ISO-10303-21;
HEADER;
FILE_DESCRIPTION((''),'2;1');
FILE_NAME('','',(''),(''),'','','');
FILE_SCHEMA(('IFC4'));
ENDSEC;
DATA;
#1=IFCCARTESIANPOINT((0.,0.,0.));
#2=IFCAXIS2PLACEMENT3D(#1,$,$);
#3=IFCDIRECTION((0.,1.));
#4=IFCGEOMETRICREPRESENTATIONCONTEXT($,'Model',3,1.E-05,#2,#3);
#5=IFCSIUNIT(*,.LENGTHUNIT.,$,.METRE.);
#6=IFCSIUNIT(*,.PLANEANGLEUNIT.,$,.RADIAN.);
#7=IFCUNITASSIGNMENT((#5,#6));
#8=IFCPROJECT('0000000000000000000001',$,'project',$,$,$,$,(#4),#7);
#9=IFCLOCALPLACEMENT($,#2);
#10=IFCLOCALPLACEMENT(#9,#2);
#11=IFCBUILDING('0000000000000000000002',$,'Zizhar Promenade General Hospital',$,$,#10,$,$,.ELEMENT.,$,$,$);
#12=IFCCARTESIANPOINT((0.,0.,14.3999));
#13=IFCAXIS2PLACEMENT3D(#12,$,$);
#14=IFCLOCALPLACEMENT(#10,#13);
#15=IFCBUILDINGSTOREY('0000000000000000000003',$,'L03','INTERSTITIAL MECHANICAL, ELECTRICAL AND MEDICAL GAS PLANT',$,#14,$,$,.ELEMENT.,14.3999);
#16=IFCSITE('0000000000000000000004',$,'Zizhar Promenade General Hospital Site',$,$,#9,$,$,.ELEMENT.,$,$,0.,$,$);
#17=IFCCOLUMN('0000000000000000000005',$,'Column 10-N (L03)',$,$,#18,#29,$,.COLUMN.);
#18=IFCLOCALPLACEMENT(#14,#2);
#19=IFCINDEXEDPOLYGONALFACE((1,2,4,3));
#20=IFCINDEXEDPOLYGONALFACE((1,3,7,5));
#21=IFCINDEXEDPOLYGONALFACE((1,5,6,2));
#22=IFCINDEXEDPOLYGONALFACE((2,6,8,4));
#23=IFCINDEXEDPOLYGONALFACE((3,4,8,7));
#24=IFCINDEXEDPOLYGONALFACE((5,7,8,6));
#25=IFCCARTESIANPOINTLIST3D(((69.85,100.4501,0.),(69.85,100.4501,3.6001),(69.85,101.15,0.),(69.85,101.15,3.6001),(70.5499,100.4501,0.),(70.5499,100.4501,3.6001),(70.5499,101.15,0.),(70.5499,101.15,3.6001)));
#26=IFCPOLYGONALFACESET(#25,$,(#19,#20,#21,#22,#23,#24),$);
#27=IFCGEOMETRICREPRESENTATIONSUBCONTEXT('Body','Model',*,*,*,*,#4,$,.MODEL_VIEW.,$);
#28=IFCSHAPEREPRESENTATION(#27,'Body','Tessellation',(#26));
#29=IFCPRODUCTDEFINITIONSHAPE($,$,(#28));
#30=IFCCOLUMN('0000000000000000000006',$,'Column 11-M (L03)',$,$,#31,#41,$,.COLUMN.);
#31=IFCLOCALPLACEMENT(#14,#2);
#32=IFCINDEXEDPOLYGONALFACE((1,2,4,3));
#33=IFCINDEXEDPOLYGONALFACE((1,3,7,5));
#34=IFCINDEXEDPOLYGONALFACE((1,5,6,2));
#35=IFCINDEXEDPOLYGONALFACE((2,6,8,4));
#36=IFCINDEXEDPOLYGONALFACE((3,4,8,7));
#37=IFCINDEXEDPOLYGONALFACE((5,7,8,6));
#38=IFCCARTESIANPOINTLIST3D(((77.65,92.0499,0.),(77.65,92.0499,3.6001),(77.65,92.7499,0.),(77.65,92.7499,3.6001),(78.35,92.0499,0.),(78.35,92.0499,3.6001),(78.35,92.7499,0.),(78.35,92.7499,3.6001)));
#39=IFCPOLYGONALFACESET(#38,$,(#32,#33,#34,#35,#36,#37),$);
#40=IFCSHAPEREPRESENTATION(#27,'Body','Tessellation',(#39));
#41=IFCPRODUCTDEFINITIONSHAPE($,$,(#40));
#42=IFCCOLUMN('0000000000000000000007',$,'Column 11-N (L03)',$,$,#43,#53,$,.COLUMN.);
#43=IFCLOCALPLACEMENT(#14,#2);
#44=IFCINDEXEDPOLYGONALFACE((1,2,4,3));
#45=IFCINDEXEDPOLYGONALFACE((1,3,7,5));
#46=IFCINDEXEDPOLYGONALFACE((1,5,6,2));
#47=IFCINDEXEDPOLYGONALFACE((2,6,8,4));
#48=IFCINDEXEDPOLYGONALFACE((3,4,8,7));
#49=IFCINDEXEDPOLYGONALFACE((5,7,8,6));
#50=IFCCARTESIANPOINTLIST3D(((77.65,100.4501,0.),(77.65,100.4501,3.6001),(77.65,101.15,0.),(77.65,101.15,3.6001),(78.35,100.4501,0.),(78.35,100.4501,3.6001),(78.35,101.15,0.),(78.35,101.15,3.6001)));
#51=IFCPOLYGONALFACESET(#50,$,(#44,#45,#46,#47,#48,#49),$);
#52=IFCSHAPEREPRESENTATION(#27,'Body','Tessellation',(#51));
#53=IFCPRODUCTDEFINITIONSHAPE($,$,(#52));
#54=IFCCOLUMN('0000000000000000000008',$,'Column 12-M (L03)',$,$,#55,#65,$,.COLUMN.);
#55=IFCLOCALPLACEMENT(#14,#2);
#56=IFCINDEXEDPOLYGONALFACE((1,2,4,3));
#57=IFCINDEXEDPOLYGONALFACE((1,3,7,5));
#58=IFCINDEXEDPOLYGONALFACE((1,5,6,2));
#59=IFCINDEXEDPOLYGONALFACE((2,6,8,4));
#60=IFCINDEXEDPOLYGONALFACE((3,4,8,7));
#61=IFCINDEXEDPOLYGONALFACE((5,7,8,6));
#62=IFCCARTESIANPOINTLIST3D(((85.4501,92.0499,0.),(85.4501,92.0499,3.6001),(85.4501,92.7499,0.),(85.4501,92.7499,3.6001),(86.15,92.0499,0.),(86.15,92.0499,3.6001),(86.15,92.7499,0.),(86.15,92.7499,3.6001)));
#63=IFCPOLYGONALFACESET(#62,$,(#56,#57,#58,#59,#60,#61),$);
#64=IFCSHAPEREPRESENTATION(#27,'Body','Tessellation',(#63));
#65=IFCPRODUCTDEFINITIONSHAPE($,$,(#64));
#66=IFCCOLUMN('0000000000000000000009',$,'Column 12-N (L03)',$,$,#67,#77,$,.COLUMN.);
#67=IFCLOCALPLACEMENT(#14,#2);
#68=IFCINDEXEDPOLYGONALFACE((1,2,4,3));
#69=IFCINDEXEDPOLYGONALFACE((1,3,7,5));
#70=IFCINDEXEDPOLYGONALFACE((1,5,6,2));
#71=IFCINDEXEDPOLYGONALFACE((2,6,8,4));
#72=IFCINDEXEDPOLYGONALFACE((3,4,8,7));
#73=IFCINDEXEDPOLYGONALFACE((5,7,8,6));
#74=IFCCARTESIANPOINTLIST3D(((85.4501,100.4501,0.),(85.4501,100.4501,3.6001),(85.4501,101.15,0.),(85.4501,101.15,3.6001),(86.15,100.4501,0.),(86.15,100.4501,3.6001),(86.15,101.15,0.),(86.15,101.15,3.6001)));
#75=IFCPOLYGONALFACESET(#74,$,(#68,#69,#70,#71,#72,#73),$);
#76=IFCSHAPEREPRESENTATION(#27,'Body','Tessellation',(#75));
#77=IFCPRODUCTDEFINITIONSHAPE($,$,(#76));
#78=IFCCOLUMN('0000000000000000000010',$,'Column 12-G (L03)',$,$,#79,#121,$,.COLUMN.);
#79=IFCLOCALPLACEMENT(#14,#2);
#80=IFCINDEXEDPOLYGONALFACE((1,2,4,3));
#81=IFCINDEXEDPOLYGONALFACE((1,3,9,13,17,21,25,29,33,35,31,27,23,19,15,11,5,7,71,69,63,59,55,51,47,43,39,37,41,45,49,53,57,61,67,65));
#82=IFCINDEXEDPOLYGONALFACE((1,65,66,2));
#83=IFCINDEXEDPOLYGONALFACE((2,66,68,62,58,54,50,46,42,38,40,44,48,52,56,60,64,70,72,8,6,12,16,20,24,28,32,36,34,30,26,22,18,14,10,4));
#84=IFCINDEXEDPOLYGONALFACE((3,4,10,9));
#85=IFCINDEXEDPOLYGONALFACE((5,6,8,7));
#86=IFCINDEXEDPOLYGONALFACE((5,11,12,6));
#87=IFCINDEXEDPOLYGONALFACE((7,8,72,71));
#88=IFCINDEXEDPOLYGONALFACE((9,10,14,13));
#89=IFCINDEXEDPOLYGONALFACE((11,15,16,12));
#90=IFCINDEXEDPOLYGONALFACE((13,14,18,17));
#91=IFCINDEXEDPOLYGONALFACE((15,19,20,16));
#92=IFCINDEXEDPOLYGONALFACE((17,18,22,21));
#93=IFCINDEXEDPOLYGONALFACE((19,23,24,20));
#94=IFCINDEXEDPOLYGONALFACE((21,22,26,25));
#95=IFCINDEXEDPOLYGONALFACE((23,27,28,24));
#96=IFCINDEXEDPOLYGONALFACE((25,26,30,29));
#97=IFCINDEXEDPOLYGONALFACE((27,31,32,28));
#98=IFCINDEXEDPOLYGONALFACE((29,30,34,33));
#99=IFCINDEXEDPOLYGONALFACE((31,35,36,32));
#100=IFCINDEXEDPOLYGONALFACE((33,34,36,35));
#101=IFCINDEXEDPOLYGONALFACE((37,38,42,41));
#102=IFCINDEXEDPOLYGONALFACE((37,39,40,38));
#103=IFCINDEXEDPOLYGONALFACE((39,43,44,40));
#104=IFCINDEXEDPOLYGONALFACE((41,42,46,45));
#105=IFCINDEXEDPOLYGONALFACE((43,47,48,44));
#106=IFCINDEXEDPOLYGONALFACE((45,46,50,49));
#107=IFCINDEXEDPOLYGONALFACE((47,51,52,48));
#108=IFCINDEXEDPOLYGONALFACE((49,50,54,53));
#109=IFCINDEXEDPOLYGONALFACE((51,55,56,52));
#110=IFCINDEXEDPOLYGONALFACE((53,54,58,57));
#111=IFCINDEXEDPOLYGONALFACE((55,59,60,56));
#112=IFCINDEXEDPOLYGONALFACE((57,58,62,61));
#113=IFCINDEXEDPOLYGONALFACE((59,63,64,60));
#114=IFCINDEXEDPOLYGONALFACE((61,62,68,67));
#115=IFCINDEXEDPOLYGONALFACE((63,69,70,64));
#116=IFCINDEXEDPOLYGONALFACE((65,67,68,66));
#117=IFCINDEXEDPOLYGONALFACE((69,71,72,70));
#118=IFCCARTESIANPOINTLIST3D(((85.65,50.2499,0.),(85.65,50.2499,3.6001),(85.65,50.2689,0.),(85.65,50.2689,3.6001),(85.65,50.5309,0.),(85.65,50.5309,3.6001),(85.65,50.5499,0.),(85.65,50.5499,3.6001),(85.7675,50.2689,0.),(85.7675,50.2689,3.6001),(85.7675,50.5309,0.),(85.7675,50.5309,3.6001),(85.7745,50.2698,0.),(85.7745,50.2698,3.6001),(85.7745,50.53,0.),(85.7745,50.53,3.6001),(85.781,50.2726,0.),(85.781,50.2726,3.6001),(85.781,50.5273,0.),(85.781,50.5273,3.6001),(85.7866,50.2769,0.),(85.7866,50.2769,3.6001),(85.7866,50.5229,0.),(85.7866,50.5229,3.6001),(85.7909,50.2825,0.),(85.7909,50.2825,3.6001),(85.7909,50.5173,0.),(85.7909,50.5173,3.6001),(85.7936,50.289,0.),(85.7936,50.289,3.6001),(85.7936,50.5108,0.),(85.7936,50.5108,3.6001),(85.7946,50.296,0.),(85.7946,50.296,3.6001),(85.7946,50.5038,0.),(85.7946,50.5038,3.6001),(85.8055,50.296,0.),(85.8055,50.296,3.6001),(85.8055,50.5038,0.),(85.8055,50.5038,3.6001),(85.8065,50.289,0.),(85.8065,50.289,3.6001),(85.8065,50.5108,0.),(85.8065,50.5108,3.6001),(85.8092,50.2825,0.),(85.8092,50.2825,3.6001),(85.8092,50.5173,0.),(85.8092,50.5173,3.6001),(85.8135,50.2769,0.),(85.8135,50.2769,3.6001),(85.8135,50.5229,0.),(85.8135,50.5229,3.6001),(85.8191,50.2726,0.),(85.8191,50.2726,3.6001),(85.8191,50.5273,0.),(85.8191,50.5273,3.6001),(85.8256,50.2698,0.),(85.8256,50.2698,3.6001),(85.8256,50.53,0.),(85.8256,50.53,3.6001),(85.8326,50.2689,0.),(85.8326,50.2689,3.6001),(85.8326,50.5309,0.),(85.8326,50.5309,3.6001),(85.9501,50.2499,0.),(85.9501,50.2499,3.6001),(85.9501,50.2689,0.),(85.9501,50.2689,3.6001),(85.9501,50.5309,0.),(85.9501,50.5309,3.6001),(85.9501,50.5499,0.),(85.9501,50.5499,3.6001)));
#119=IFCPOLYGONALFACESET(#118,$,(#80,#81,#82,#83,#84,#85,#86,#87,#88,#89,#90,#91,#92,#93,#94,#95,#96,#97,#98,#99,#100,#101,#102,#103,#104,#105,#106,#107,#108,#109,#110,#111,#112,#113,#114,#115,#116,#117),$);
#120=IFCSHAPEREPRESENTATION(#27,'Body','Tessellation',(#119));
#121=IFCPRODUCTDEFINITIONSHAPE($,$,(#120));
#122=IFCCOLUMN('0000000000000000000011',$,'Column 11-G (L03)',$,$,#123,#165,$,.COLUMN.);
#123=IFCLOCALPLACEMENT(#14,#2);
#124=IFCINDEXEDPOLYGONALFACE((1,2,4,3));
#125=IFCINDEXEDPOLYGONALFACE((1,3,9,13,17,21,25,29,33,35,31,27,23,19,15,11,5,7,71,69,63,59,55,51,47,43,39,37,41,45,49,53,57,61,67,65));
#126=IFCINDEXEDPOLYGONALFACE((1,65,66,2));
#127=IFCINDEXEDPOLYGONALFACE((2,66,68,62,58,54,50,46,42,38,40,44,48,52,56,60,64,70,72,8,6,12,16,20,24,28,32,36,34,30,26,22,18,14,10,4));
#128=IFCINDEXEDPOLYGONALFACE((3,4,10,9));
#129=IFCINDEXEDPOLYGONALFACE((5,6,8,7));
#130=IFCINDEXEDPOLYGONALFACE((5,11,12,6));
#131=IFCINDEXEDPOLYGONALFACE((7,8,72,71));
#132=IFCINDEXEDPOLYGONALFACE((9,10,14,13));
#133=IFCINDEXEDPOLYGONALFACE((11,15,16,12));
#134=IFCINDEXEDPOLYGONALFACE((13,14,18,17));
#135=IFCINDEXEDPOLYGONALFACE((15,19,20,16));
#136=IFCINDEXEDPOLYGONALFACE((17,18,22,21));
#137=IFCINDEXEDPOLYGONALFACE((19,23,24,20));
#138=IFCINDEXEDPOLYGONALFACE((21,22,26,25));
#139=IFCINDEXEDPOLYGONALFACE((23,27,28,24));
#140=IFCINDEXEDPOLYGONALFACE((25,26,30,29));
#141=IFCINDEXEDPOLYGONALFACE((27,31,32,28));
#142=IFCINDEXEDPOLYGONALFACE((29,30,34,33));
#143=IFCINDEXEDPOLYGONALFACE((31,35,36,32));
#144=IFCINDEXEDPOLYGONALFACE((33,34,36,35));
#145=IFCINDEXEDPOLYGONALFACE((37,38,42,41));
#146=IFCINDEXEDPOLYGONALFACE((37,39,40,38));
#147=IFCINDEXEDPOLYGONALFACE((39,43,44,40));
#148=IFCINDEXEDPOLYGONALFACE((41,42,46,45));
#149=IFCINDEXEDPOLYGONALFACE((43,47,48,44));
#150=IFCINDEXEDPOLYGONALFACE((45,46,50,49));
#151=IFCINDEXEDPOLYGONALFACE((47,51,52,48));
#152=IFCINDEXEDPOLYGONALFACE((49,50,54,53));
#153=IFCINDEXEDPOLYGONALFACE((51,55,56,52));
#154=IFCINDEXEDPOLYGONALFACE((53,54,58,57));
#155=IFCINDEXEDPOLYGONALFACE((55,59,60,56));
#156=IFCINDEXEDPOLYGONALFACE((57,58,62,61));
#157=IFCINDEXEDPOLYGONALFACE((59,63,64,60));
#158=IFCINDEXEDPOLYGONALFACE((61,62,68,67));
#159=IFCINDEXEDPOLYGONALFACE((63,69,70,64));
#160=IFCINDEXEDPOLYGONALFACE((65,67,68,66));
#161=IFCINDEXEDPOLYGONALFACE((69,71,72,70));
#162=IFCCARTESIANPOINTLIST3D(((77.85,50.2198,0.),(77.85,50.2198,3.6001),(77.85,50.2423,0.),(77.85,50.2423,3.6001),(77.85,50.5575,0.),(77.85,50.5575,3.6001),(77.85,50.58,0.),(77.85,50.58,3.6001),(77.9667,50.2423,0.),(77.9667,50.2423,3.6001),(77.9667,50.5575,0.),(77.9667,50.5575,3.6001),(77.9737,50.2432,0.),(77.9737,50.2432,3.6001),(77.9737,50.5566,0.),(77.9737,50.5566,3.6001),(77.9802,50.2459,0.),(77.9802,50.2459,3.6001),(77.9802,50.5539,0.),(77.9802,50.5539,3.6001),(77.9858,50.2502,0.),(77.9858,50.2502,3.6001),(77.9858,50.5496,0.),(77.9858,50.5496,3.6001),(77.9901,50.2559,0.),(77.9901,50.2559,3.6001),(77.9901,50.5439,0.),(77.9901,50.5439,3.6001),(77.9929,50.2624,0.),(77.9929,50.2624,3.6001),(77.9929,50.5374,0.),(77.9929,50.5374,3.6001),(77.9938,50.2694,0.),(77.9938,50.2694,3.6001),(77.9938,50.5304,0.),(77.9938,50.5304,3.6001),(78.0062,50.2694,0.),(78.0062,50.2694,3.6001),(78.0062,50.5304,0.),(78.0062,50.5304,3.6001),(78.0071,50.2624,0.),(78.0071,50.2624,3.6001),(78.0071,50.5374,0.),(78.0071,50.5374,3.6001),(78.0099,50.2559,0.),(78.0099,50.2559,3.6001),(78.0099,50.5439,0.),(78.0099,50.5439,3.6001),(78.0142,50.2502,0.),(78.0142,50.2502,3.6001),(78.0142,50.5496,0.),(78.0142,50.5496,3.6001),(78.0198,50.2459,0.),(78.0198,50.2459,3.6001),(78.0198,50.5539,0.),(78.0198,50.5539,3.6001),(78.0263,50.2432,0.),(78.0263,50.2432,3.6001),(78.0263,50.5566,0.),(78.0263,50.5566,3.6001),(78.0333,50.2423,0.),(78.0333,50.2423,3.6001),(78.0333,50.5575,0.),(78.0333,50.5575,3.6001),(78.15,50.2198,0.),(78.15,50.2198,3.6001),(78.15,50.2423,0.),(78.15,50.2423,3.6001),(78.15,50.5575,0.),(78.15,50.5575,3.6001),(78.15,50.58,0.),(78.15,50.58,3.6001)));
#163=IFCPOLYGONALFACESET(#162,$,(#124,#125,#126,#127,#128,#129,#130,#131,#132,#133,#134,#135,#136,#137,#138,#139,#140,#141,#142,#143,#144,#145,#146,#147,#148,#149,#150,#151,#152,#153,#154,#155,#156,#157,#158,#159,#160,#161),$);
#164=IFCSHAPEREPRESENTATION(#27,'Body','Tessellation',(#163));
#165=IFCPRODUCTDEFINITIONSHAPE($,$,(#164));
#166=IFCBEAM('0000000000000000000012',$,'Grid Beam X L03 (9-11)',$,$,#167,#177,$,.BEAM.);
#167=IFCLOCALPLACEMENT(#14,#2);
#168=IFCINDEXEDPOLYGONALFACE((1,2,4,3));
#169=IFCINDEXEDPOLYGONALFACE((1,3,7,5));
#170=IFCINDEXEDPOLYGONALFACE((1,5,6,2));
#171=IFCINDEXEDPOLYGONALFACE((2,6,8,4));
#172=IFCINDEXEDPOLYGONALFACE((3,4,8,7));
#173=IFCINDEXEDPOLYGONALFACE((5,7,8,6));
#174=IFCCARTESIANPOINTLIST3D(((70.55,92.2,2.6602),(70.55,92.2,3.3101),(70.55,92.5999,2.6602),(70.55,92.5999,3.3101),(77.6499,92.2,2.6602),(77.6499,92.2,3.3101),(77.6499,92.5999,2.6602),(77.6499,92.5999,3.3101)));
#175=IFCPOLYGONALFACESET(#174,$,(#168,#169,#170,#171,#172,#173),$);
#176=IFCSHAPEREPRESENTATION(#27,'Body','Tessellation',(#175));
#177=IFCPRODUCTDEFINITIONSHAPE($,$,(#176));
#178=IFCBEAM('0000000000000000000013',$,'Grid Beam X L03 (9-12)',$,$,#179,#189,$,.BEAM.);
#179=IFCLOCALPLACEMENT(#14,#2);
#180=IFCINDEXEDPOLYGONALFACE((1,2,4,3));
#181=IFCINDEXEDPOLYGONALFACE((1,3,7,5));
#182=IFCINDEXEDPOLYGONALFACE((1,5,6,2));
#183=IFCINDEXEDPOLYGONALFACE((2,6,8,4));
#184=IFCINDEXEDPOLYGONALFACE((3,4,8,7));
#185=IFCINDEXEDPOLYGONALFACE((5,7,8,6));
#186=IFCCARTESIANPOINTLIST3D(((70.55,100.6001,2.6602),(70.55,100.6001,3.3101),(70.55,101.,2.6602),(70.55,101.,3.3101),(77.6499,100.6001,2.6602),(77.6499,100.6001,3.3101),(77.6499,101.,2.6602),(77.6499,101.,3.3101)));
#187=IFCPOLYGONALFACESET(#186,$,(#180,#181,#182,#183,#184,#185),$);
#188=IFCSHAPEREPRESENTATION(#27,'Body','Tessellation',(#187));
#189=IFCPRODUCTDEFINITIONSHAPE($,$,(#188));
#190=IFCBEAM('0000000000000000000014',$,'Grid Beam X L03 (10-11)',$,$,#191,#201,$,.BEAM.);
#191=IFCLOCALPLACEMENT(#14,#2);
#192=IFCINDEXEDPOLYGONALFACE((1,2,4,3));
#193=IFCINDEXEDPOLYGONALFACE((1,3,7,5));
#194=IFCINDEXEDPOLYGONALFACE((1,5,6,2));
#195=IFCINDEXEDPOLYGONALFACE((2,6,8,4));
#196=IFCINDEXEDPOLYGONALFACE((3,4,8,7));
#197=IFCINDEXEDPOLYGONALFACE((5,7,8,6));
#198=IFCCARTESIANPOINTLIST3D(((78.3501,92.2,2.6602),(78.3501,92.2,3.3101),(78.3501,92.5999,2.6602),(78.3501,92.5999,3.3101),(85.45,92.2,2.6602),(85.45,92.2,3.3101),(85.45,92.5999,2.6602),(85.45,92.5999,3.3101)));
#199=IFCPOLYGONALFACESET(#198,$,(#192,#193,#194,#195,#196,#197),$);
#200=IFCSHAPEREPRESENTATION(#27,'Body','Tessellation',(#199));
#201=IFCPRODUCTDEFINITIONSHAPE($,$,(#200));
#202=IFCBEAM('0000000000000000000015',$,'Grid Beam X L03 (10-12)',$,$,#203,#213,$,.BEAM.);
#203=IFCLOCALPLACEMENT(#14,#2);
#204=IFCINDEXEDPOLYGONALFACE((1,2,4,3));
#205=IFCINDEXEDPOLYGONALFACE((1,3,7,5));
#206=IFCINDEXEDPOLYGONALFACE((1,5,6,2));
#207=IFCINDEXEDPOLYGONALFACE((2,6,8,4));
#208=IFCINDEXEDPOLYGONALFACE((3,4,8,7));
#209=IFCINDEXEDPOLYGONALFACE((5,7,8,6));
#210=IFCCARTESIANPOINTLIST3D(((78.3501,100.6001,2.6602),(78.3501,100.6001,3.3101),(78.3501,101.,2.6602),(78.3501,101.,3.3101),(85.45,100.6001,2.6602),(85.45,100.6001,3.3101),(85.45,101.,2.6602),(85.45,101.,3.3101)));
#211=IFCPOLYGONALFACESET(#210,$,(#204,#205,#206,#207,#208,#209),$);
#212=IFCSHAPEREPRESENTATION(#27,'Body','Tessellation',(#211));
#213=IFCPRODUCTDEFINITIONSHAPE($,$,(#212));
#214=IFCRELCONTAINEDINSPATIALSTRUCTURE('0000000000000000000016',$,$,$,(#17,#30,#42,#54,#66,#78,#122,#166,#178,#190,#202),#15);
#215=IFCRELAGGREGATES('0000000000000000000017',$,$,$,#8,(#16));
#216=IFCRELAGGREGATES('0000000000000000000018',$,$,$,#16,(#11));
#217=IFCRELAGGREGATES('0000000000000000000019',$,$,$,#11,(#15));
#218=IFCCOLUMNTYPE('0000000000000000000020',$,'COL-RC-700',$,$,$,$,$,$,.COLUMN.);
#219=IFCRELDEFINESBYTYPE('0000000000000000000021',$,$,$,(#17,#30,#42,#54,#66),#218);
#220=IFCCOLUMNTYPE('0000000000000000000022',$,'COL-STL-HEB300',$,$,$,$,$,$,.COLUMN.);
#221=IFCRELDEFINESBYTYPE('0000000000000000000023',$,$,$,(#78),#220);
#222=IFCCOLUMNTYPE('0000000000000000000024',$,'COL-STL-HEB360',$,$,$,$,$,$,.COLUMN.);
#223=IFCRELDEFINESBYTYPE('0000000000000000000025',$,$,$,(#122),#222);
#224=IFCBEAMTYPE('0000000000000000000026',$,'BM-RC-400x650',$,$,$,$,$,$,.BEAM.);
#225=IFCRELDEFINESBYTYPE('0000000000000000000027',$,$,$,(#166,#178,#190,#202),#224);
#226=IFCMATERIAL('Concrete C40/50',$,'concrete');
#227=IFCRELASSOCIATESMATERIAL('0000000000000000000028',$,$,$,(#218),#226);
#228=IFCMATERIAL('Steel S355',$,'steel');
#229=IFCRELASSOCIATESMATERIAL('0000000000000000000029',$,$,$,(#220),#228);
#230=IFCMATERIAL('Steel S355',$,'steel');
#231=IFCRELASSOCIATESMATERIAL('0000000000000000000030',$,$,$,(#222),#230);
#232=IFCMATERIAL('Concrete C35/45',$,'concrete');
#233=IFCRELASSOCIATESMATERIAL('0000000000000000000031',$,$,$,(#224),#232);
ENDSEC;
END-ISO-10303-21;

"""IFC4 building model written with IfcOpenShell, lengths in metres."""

from ifc_helpers import new_model, si_unit, direction, frame, origin, origin_2d, place, context, subcontext, project, spatial, rectangle, i_section, extrude, material, material_profile, profile_set, type_object, element, save


model = new_model("IFC4")

# Units and contexts
model_context = context("Model", 3, precision=1e-05, world=origin(), true_north=direction((0.0, 1.0)))
body_context = subcontext(model_context, "Body", "Model", "MODEL_VIEW")
ifc_project = project(units=[si_unit("LENGTHUNIT", "METRE"), si_unit("PLANEANGLEUNIT", "RADIAN")], contexts=[model_context])

# Site, building, storey
site_placement = place(None, origin())
site = spatial("IfcSite", under=ifc_project, at=site_placement, Name="Zizhar Promenade General Hospital Site", CompositionType="ELEMENT", RefElevation=0.0)
building_placement = place(site_placement, origin())
building = spatial("IfcBuilding", under=site, at=building_placement, Name="Zizhar Promenade General Hospital", CompositionType="ELEMENT")
storey_placement = place(building_placement, frame((0.0, 0.0, 14.3999)))
storey = spatial("IfcBuildingStorey", under=building, at=storey_placement, Name="L03", Description="INTERSTITIAL MECHANICAL, ELECTRICAL AND MEDICAL GAS PLANT", CompositionType="ELEMENT", Elevation=14.3999)

# Columns
ifc_material_1 = material(Name="Concrete C40/50", Category="concrete")
ifc_material_profile_1 = material_profile(ifc_material_1, rectangle(XDim=0.7, YDim=0.7, at=origin_2d()))
ifc_profile_set_1 = profile_set([ifc_material_profile_1], Name="Concrete C40/50")
column_type_1 = type_object("IfcColumnType", Name="COL-RC-700", PredefinedType="COLUMN", material=ifc_profile_set_1)
for number, where, z_axis, x_axis, name in (
    (1, (70.2, 100.8, 0.0), (0.0, 0.0, 1.0), (1.0, 0.0, 0.0), "Column 10-N (L03)"),
    (2, (78.0, 92.3999, 0.0), (0.0, 0.0, 1.0), (1.0, 0.0, 0.0), "Column 11-M (L03)"),
    (3, (78.0, 100.8, 0.0), (0.0, 0.0, 1.0), (1.0, 0.0, 0.0), "Column 11-N (L03)"),
    (4, (85.8, 92.3999, 0.0), (0.0, 0.0, 1.0), (1.0, 0.0, 0.0), "Column 12-M (L03)"),
    (5, (85.8, 100.8, 0.0), (0.0, 0.0, 1.0), (1.0, 0.0, 0.0), "Column 12-N (L03)"),
):
    element("IfcColumn", number, at=place(storey_placement, frame(where, z_axis=z_axis, x_axis=x_axis)), inside=storey, type_object=column_type_1, Name=name, PredefinedType="COLUMN", context=body_context, shape_type="SweptSolid", body=[
        extrude(rectangle(XDim=0.7, YDim=0.7, at=origin_2d()), origin(), (0.0, 0.0, 1.0), 3.6001),
    ])
ifc_material_2 = material(Name="Steel S355", Category="steel")
ifc_material_profile_2 = material_profile(ifc_material_2, i_section(OverallWidth=0.3, OverallDepth=0.3, WebThickness=0.011, FlangeThickness=0.019, FilletRadius=0.0271, at=origin_2d()))
ifc_profile_set_2 = profile_set([ifc_material_profile_2], Name="Steel S355")
column_type_2 = type_object("IfcColumnType", Name="COL-STL-HEB300", PredefinedType="COLUMN", material=ifc_profile_set_2)
column_1_placement = place(storey_placement, frame((85.8, 50.3999, 0.0), z_axis=(0.0, 0.0, 1.0), x_axis=(1.0, 0.0, 0.0)))
element("IfcColumn", 6, at=column_1_placement, inside=storey, type_object=column_type_2, Name="Column 12-G (L03)", PredefinedType="COLUMN", context=body_context, shape_type="SweptSolid", body=[
    extrude(i_section(OverallWidth=0.3, OverallDepth=0.3, WebThickness=0.011, FlangeThickness=0.019, FilletRadius=0.0271, at=origin_2d()), origin(), (0.0, 0.0, 1.0), 3.6001),
])
ifc_material_3 = material(Name="Steel S355", Category="steel")
ifc_material_profile_3 = material_profile(ifc_material_3, i_section(OverallWidth=0.3, OverallDepth=0.3601, WebThickness=0.0125, FlangeThickness=0.0225, FilletRadius=0.0271, at=origin_2d()))
ifc_profile_set_3 = profile_set([ifc_material_profile_3], Name="Steel S355")
column_type_3 = type_object("IfcColumnType", Name="COL-STL-HEB360", PredefinedType="COLUMN", material=ifc_profile_set_3)
column_2_placement = place(storey_placement, frame((78.0, 50.3999, 0.0), z_axis=(0.0, 0.0, 1.0), x_axis=(1.0, 0.0, 0.0)))
element("IfcColumn", 7, at=column_2_placement, inside=storey, type_object=column_type_3, Name="Column 11-G (L03)", PredefinedType="COLUMN", context=body_context, shape_type="SweptSolid", body=[
    extrude(i_section(OverallWidth=0.3, OverallDepth=0.3601, WebThickness=0.0125, FlangeThickness=0.0225, FilletRadius=0.0271, at=origin_2d()), origin(), (0.0, 0.0, 1.0), 3.6001),
])

# Beams
ifc_material_4 = material(Name="Concrete C35/45", Category="concrete")
ifc_material_profile_4 = material_profile(ifc_material_4, rectangle(XDim=0.3999, YDim=0.6499, at=origin_2d()))
ifc_profile_set_4 = profile_set([ifc_material_profile_4], Name="Concrete C35/45")
beam_type_1 = type_object("IfcBeamType", Name="BM-RC-400x650", PredefinedType="BEAM", material=ifc_profile_set_4)
for number, where, z_axis, x_axis, name in (
    (8, (70.55, 92.3999, 2.9851), (1.0, 0.0, 0.0), (0.0, 1.0, 0.0), "Grid Beam X L03 (9-11)"),
    (9, (70.55, 100.8, 2.9851), (1.0, 0.0, 0.0), (0.0, 1.0, 0.0), "Grid Beam X L03 (9-12)"),
    (10, (78.3501, 92.3999, 2.9851), (1.0, 0.0, 0.0), (0.0, 1.0, 0.0), "Grid Beam X L03 (10-11)"),
    (11, (78.3501, 100.8, 2.9851), (1.0, 0.0, 0.0), (0.0, 1.0, 0.0), "Grid Beam X L03 (10-12)"),
):
    element("IfcBeam", number, at=place(storey_placement, frame(where, z_axis=z_axis, x_axis=x_axis)), inside=storey, type_object=beam_type_1, Name=name, PredefinedType="BEAM", context=body_context, shape_type="SweptSolid", body=[
        extrude(rectangle(XDim=0.3999, YDim=0.6499, at=origin_2d()), origin(), (0.0, 0.0, 1.0), 7.0999),
    ])

save(model, "model.ifc")
